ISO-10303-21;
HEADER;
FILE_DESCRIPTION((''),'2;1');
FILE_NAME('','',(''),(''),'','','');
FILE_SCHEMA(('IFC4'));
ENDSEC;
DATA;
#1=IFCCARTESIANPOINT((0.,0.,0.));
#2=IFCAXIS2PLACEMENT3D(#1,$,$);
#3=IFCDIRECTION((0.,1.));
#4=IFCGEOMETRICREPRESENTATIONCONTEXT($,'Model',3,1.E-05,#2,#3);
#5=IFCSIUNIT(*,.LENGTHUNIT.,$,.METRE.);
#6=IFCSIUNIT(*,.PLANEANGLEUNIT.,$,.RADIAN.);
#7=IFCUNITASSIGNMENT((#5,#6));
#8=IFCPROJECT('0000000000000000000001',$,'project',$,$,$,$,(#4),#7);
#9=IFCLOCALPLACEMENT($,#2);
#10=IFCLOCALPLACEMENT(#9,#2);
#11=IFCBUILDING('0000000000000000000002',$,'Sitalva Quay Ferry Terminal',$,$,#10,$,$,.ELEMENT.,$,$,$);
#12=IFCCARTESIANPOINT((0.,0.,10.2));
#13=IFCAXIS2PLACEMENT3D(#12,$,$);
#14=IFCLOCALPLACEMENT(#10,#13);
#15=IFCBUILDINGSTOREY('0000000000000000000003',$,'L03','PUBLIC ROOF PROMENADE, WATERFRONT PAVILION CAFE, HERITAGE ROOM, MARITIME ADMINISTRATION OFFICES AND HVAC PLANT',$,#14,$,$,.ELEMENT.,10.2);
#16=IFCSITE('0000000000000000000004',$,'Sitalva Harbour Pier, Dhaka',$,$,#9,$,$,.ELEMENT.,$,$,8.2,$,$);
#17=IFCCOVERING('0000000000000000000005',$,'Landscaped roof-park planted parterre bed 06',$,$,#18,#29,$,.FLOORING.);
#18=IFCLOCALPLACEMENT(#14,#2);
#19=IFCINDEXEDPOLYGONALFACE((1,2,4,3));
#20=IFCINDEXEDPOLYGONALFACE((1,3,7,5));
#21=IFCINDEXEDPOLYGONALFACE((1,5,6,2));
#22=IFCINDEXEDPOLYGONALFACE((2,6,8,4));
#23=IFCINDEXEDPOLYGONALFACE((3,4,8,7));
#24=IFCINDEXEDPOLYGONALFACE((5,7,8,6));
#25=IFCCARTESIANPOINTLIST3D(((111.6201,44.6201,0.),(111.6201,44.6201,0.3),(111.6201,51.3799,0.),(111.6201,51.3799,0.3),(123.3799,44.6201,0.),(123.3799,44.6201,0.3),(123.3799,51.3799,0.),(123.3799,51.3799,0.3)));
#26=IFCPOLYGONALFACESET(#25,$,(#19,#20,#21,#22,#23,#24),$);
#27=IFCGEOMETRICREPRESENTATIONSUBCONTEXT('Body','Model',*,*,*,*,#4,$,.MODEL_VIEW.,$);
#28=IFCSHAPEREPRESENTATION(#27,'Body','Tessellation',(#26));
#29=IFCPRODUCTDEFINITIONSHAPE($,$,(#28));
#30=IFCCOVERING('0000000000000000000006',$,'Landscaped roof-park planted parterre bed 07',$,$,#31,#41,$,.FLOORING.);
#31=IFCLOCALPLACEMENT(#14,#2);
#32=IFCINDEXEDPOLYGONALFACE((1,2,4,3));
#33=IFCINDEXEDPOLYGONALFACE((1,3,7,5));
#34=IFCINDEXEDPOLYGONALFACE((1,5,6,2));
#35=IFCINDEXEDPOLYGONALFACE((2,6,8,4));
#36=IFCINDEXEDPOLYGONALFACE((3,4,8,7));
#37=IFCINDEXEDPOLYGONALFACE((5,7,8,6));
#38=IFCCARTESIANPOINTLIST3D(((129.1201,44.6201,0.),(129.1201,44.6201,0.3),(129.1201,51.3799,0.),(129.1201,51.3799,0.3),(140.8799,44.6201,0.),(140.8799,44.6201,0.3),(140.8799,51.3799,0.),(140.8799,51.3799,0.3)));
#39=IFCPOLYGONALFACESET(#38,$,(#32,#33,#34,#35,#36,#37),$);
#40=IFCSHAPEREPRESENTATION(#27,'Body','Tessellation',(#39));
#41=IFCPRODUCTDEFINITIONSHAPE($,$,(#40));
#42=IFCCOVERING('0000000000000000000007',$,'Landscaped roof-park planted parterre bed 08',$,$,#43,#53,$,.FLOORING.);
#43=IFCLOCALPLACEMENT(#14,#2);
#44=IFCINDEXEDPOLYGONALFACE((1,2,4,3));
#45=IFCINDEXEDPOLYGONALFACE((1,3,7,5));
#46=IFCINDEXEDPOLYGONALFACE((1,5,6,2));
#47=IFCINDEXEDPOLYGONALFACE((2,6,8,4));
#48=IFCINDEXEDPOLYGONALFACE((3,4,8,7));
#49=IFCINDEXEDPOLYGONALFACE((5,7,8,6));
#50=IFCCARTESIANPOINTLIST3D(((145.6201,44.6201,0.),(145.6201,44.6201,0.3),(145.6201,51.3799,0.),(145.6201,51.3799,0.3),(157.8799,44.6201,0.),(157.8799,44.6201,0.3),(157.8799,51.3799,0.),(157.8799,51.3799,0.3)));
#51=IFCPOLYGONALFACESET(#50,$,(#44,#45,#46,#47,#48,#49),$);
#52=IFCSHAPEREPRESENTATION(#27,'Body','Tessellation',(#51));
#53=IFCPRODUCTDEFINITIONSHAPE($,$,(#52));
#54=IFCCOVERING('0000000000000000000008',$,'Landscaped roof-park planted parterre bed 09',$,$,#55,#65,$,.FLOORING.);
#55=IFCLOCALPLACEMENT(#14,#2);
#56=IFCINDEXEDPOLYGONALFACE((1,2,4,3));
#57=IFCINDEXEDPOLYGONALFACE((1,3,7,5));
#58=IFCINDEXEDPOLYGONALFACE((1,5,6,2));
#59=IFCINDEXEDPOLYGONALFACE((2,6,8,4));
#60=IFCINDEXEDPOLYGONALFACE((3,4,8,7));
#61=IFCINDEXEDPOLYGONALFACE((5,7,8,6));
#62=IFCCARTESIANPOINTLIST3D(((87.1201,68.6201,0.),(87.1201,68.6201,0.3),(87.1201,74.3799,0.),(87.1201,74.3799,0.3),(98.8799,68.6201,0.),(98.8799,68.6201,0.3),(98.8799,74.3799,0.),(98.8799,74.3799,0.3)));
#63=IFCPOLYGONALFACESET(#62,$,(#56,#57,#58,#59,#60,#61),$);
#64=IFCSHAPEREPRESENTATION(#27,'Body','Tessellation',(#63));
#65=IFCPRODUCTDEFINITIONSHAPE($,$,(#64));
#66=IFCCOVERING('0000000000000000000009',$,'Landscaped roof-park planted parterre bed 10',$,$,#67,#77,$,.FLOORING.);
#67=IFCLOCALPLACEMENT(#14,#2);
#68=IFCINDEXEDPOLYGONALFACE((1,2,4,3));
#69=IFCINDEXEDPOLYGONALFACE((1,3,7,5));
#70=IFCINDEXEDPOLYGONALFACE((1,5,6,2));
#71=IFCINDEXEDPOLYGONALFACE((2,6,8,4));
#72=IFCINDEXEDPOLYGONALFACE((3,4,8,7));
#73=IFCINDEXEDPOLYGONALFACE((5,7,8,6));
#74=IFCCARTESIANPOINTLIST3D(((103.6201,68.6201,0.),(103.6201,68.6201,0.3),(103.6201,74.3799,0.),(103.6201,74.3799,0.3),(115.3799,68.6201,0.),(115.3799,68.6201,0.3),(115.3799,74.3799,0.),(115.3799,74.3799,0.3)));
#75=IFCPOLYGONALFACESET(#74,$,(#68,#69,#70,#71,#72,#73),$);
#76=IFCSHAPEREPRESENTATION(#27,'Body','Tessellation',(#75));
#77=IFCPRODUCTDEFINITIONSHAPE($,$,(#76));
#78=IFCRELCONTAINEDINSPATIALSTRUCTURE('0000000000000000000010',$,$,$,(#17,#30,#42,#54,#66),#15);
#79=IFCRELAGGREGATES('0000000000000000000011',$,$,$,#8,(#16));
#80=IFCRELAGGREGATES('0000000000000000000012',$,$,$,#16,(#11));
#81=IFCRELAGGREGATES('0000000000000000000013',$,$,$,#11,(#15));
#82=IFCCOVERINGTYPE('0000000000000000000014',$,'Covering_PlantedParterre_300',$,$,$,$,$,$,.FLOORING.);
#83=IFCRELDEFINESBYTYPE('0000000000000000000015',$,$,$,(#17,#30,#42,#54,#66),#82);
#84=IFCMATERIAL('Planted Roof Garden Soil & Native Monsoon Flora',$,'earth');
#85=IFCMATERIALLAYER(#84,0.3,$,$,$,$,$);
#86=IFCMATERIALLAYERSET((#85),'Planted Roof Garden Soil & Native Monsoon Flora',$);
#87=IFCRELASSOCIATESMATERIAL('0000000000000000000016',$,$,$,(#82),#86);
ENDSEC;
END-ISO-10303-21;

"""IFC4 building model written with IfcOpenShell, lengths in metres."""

from ifc_helpers import new_model, si_unit, direction, frame, origin, place, context, subcontext, project, spatial, polyline, outline, extrude, material, layer, layer_set, type_object, element, save


model = new_model("IFC4")

# Units and contexts
model_context = context("Model", 3, precision=1e-05, world=origin(), true_north=direction((0.0, 1.0)))
body_context = subcontext(model_context, "Body", "Model", "MODEL_VIEW")
ifc_project = project(units=[si_unit("LENGTHUNIT", "METRE"), si_unit("PLANEANGLEUNIT", "RADIAN")], contexts=[model_context])

# Site, building, storey
site_placement = place(None, origin())
site = spatial("IfcSite", under=ifc_project, at=site_placement, Name="Sitalva Harbour Pier, Dhaka", CompositionType="ELEMENT", RefElevation=8.2)
building_placement = place(site_placement, origin())
building = spatial("IfcBuilding", under=site, at=building_placement, Name="Sitalva Quay Ferry Terminal", CompositionType="ELEMENT")
storey_placement = place(building_placement, frame((0.0, 0.0, 10.2)))
storey = spatial("IfcBuildingStorey", under=building, at=storey_placement, Name="L03", Description="PUBLIC ROOF PROMENADE, WATERFRONT PAVILION CAFE, HERITAGE ROOM, MARITIME ADMINISTRATION OFFICES AND HVAC PLANT", CompositionType="ELEMENT", Elevation=10.2)

# Coverings
ifc_material_1 = material(Name="Planted Roof Garden Soil & Native Monsoon Flora", Category="earth")
ifc_layer_1 = layer(ifc_material_1, 0.3)
ifc_layer_set_1 = layer_set([ifc_layer_1], Name="Planted Roof Garden Soil & Native Monsoon Flora")
covering_type = type_object("IfcCoveringType", Name="Covering_PlantedParterre_300", PredefinedType="FLOORING", material=ifc_layer_set_1)
covering_1_placement = place(storey_placement, origin())
element("IfcCovering", 1, at=covering_1_placement, inside=storey, type_object=covering_type, Name="Landscaped roof-park planted parterre bed 06", PredefinedType="FLOORING", context=body_context, shape_type="SweptSolid", body=[
    extrude(outline(polyline([(111.6201, 44.6201), (123.3799, 44.6201), (123.3799, 51.3799), (111.6201, 51.3799), (111.6201, 44.6201)])), origin(), (0.0, 0.0, 1.0), 0.3),
])
covering_2_placement = place(storey_placement, origin())
element("IfcCovering", 2, at=covering_2_placement, inside=storey, type_object=covering_type, Name="Landscaped roof-park planted parterre bed 07", PredefinedType="FLOORING", context=body_context, shape_type="SweptSolid", body=[
    extrude(outline(polyline([(129.1201, 44.6201), (140.8799, 44.6201), (140.8799, 51.3799), (129.1201, 51.3799), (129.1201, 44.6201)])), origin(), (0.0, 0.0, 1.0), 0.3),
])
covering_3_placement = place(storey_placement, origin())
element("IfcCovering", 3, at=covering_3_placement, inside=storey, type_object=covering_type, Name="Landscaped roof-park planted parterre bed 08", PredefinedType="FLOORING", context=body_context, shape_type="SweptSolid", body=[
    extrude(outline(polyline([(145.6201, 44.6201), (157.8799, 44.6201), (157.8799, 51.3799), (145.6201, 51.3799), (145.6201, 44.6201)])), origin(), (0.0, 0.0, 1.0), 0.3),
])
covering_4_placement = place(storey_placement, origin())
element("IfcCovering", 4, at=covering_4_placement, inside=storey, type_object=covering_type, Name="Landscaped roof-park planted parterre bed 09", PredefinedType="FLOORING", context=body_context, shape_type="SweptSolid", body=[
    extrude(outline(polyline([(87.1201, 68.6201), (98.8799, 68.6201), (98.8799, 74.3799), (87.1201, 74.3799), (87.1201, 68.6201)])), origin(), (0.0, 0.0, 1.0), 0.3),
])
covering_5_placement = place(storey_placement, origin())
element("IfcCovering", 5, at=covering_5_placement, inside=storey, type_object=covering_type, Name="Landscaped roof-park planted parterre bed 10", PredefinedType="FLOORING", context=body_context, shape_type="SweptSolid", body=[
    extrude(outline(polyline([(103.6201, 68.6201), (115.3799, 68.6201), (115.3799, 74.3799), (103.6201, 74.3799), (103.6201, 68.6201)])), origin(), (0.0, 0.0, 1.0), 0.3),
])

save(model, "model.ifc")
